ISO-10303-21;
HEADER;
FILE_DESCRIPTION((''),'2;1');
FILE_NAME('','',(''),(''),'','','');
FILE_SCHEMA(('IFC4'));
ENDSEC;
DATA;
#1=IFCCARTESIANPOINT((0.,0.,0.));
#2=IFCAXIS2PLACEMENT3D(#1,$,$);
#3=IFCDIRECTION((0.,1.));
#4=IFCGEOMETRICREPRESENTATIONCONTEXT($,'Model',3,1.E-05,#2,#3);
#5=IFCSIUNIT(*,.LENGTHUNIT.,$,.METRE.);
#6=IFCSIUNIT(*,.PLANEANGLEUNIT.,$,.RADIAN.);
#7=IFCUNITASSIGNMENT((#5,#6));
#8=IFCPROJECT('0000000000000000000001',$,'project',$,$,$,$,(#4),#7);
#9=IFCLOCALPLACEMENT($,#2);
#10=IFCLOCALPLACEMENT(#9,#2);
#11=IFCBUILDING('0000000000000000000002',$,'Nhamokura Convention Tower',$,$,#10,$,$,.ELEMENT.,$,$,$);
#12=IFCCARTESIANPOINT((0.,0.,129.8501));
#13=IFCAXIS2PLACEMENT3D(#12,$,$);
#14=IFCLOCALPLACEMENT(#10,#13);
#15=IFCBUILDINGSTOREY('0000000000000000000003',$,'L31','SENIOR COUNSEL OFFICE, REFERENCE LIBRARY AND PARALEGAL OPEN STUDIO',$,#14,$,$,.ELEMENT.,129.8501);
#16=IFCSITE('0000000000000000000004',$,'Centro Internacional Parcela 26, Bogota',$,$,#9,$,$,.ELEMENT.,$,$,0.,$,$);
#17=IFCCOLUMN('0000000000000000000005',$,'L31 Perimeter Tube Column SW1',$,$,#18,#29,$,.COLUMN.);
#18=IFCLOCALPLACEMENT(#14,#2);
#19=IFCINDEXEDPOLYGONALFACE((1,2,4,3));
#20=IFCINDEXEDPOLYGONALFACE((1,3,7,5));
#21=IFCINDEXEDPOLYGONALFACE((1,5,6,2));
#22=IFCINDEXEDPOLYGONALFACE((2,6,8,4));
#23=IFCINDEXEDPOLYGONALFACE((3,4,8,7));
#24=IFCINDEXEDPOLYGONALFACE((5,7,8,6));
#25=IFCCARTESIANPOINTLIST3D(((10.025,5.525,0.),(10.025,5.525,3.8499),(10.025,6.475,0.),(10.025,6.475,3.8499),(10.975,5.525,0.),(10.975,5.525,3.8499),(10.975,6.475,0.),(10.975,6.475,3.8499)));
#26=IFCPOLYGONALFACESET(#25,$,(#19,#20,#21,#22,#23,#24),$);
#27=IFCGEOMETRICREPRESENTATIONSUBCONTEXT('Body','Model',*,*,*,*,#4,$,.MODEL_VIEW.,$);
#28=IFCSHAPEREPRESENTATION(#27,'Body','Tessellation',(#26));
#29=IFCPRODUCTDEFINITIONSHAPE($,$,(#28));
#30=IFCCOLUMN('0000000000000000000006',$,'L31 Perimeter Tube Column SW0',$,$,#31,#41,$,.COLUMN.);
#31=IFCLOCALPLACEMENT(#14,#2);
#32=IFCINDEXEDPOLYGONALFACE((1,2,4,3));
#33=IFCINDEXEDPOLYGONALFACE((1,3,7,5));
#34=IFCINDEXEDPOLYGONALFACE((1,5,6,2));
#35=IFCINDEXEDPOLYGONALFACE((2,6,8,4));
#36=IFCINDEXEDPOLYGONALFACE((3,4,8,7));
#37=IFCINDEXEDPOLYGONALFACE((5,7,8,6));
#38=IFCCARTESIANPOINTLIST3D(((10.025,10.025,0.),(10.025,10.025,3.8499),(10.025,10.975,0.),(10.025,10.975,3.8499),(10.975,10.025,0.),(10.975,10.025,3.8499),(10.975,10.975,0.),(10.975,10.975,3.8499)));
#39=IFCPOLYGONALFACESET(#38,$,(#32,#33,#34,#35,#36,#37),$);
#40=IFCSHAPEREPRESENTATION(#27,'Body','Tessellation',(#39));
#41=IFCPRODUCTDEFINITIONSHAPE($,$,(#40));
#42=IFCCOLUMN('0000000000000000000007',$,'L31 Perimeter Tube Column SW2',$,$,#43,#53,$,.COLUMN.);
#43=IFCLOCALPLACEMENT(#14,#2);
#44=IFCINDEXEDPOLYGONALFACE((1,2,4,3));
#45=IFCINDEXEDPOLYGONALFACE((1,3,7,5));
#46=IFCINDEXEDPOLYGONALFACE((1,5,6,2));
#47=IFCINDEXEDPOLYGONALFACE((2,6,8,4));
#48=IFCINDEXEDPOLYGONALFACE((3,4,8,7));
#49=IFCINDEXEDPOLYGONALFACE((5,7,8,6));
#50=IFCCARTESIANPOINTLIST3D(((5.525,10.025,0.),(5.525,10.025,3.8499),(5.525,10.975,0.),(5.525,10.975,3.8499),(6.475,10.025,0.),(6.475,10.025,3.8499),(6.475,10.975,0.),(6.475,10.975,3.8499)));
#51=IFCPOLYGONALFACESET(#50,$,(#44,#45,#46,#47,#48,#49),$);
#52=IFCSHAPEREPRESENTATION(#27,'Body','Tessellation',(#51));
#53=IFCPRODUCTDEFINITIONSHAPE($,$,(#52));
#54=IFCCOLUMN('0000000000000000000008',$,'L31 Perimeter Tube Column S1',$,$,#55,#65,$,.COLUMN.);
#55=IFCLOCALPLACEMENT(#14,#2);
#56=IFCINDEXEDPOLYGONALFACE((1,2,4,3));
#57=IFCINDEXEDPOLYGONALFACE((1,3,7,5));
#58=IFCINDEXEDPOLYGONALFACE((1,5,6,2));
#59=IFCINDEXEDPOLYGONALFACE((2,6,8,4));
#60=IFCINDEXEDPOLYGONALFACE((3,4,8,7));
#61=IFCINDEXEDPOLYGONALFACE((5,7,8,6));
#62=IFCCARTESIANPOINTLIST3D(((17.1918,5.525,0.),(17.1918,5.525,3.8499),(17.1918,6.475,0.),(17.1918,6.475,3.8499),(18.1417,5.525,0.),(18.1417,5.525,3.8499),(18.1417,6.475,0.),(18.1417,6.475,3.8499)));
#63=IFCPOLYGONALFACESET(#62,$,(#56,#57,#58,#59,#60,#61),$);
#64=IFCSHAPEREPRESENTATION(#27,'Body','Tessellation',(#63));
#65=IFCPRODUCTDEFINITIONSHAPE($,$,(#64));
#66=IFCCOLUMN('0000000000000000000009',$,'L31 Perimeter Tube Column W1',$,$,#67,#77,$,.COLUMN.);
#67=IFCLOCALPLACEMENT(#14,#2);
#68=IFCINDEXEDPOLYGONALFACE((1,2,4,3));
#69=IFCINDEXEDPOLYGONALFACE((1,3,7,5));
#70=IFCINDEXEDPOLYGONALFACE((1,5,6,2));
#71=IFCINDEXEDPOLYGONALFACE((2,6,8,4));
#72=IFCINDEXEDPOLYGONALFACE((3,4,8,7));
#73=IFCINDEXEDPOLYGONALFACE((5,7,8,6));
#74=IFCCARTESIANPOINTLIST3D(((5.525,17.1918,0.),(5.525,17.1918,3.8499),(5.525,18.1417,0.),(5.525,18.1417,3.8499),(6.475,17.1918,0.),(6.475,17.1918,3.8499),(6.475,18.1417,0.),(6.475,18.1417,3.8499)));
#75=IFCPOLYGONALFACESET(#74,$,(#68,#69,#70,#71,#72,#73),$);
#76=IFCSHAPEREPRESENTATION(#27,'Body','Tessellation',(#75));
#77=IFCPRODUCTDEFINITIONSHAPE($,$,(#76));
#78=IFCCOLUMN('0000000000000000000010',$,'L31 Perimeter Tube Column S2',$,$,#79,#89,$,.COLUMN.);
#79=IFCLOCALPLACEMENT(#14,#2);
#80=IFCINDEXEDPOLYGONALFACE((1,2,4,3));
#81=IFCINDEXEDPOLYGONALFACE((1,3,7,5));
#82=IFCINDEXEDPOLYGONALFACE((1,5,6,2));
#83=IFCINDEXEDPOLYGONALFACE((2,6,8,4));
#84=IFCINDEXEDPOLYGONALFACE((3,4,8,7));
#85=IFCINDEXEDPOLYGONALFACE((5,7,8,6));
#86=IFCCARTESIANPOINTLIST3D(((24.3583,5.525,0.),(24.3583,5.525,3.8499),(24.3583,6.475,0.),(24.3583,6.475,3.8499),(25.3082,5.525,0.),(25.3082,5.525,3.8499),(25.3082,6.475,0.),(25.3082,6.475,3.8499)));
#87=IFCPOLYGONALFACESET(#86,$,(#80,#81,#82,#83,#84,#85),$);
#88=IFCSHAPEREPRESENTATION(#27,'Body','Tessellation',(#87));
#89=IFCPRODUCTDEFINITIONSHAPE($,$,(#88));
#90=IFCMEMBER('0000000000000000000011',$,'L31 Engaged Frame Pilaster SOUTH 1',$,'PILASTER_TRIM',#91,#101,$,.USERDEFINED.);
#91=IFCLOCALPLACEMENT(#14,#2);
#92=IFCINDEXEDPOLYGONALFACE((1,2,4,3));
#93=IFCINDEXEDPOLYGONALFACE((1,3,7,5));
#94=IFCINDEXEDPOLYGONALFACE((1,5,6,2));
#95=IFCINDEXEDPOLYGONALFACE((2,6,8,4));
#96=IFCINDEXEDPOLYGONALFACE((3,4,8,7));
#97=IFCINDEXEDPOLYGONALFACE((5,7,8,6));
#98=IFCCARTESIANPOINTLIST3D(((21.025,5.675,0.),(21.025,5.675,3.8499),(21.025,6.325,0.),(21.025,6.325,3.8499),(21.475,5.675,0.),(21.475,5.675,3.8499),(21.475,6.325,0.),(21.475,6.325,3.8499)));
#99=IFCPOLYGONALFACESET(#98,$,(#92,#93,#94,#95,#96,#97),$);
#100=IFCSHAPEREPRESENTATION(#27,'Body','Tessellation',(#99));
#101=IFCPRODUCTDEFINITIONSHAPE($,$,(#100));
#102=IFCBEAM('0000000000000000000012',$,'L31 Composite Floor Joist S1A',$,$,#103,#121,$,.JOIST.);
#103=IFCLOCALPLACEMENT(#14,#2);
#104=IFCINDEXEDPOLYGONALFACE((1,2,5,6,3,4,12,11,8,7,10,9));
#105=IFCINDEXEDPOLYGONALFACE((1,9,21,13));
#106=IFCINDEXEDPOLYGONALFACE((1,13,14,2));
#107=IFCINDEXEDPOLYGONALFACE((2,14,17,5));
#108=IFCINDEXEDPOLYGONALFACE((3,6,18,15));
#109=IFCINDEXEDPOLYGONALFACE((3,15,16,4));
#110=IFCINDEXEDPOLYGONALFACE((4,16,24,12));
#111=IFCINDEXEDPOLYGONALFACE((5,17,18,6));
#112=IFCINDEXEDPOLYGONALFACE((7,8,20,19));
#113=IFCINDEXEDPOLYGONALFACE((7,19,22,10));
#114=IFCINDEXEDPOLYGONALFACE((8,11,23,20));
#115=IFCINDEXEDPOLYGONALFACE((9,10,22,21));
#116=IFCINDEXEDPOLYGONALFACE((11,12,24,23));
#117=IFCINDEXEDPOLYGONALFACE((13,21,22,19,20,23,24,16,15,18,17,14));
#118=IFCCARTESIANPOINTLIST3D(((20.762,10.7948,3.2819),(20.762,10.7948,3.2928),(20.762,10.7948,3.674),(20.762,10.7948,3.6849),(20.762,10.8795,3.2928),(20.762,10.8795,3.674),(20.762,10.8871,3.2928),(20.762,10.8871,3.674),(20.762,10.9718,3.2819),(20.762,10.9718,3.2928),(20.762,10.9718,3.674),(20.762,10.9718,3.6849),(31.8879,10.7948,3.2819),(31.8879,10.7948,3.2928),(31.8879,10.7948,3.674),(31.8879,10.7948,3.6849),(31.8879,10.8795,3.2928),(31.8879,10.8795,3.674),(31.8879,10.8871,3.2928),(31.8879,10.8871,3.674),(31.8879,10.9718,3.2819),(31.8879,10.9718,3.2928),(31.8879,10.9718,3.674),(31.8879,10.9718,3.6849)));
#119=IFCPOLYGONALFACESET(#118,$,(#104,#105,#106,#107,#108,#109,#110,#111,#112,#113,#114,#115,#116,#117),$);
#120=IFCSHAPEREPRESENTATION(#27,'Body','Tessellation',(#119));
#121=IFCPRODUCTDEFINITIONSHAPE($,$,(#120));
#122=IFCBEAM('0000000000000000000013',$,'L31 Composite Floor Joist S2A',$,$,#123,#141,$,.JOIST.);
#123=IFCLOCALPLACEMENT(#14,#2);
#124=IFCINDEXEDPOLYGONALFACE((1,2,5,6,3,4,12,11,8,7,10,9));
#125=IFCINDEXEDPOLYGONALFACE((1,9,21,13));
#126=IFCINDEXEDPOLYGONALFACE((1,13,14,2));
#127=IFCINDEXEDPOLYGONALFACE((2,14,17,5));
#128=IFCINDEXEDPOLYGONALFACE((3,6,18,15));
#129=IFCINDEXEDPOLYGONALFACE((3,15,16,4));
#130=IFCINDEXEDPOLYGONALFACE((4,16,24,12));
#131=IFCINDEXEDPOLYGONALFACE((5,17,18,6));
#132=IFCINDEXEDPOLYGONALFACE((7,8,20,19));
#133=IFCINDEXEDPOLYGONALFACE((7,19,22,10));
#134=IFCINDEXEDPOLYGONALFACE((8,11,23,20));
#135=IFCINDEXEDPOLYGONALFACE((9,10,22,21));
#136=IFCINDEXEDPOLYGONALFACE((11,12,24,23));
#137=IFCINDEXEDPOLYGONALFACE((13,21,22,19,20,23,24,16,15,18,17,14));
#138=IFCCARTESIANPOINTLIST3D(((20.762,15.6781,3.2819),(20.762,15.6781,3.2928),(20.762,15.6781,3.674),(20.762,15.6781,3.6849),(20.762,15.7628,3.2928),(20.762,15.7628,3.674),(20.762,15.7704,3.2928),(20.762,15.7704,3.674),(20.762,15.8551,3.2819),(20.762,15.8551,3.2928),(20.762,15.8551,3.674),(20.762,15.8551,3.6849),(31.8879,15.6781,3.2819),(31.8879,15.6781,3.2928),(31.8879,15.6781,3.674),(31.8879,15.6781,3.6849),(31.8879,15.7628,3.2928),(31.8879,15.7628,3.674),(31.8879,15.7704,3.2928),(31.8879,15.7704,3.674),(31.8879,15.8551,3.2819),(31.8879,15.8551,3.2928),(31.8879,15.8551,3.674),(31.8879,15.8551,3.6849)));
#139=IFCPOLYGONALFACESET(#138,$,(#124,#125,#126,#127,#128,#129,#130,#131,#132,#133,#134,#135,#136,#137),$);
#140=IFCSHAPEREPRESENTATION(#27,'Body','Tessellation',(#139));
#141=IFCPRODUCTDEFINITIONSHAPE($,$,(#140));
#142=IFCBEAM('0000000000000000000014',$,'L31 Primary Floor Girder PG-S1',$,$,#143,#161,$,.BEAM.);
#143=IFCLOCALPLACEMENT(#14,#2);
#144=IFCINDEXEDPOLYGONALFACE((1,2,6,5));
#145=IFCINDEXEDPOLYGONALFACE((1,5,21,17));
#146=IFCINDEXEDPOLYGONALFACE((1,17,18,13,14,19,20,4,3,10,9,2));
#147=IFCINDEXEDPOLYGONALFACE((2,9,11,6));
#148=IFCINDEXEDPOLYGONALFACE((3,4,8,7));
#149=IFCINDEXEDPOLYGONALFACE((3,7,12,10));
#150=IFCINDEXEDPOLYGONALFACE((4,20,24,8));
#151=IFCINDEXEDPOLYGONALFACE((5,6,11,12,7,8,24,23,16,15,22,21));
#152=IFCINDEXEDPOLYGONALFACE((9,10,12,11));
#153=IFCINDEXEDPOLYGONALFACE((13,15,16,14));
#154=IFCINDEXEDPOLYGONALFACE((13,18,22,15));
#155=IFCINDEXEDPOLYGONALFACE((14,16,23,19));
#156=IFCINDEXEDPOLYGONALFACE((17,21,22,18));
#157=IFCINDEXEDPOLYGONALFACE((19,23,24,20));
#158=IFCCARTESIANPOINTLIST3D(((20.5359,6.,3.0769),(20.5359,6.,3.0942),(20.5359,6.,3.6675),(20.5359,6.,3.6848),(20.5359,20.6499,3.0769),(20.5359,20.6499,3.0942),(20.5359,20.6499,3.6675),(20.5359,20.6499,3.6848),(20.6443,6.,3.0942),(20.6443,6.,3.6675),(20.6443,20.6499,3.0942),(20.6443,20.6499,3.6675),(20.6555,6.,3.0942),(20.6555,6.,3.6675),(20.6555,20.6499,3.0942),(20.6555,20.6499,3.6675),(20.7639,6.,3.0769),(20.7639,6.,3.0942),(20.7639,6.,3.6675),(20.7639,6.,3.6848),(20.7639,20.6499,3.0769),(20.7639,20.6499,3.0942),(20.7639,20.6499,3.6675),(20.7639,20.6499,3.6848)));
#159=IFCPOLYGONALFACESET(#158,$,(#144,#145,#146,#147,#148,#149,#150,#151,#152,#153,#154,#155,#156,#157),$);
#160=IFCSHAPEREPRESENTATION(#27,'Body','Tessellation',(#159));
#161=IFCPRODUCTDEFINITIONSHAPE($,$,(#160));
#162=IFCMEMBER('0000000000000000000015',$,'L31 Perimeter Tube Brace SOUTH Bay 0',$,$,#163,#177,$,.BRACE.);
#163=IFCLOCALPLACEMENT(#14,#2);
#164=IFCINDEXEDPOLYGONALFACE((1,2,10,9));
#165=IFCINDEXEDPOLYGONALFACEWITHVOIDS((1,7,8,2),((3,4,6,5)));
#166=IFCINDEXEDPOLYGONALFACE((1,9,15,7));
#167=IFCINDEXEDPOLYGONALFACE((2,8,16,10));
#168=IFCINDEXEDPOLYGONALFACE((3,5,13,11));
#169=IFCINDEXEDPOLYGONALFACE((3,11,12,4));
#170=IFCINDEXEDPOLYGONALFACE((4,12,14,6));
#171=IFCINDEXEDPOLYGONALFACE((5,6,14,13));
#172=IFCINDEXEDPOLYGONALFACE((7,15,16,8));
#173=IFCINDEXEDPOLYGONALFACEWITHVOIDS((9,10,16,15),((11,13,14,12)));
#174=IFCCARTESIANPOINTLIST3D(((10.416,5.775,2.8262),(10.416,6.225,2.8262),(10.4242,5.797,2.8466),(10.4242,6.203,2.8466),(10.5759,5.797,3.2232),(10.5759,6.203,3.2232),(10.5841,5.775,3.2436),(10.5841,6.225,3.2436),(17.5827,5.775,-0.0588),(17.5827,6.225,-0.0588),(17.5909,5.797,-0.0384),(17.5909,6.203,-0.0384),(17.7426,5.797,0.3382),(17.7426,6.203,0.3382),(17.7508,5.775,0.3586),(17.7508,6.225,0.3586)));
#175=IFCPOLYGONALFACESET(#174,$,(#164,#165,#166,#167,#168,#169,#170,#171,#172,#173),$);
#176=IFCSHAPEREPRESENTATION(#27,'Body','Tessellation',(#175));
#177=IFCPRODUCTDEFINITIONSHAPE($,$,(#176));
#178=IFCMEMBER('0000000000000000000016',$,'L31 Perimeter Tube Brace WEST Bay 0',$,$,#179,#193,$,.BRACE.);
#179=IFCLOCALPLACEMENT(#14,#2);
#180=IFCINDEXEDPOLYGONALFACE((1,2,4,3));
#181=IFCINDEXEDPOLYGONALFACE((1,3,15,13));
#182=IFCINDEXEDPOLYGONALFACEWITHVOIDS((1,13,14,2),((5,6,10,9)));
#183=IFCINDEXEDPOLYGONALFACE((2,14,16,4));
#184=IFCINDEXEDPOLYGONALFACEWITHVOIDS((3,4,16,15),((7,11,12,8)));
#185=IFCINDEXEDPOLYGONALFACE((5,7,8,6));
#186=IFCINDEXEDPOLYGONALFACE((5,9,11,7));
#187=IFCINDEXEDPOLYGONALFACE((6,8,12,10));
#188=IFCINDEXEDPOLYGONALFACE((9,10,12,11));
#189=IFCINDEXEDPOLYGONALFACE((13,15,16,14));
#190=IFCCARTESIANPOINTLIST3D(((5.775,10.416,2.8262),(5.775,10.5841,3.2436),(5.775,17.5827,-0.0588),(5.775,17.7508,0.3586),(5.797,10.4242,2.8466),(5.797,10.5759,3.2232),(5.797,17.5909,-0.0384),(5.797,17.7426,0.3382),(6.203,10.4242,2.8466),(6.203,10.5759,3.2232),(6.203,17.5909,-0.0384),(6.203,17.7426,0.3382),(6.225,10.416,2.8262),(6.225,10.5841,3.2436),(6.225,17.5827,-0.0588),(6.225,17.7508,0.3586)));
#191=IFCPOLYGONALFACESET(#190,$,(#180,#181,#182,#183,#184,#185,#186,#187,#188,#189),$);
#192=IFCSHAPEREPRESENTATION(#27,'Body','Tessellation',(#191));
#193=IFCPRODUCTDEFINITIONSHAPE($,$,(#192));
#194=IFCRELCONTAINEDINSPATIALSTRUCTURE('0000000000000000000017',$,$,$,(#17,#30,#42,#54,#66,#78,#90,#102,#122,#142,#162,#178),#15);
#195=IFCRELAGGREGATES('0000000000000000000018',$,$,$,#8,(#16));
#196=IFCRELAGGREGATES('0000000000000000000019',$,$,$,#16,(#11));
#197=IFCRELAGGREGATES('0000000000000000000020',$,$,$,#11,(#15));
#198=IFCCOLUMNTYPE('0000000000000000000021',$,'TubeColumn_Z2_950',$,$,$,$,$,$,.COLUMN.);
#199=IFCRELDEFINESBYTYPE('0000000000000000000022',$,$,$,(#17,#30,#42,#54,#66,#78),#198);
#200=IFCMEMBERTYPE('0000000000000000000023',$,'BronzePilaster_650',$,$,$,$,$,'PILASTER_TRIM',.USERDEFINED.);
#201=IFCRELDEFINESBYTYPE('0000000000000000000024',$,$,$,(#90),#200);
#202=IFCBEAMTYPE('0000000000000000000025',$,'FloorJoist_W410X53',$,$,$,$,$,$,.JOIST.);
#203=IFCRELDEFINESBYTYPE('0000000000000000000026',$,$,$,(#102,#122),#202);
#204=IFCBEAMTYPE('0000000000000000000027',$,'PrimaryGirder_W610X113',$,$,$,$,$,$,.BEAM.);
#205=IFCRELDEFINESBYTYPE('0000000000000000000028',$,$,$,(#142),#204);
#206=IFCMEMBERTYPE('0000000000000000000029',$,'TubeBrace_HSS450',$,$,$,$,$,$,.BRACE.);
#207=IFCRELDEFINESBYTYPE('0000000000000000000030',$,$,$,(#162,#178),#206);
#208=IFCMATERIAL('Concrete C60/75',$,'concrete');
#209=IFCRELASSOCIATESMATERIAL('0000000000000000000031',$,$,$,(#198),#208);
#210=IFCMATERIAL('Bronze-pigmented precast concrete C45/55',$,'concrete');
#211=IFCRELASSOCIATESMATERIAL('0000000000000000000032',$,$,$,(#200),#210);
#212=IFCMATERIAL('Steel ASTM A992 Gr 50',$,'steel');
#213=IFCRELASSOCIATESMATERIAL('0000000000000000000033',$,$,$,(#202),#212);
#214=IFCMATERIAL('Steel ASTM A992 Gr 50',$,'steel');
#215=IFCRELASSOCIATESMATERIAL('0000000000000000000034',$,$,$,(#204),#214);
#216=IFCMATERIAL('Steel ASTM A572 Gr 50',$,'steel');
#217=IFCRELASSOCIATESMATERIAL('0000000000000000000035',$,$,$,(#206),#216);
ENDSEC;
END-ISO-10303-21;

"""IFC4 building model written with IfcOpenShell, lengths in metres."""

from ifc_helpers import new_model, si_unit, direction, frame, origin, origin_2d, place, context, subcontext, project, spatial, rectangle, hollow_rectangle, i_section, extrude, material, material_profile, profile_set, type_object, element, save


model = new_model("IFC4")

# Units and contexts
model_context = context("Model", 3, precision=1e-05, world=origin(), true_north=direction((0.0, 1.0)))
body_context = subcontext(model_context, "Body", "Model", "MODEL_VIEW")
ifc_project = project(units=[si_unit("LENGTHUNIT", "METRE"), si_unit("PLANEANGLEUNIT", "RADIAN")], contexts=[model_context])

# Site, building, storey
site_placement = place(None, origin())
site = spatial("IfcSite", under=ifc_project, at=site_placement, Name="Centro Internacional Parcela 26, Bogota", CompositionType="ELEMENT", RefElevation=0.0)
building_placement = place(site_placement, origin())
building = spatial("IfcBuilding", under=site, at=building_placement, Name="Nhamokura Convention Tower", CompositionType="ELEMENT")
storey_placement = place(building_placement, frame((0.0, 0.0, 129.8501)))
storey = spatial("IfcBuildingStorey", under=building, at=storey_placement, Name="L31", Description="SENIOR COUNSEL OFFICE, REFERENCE LIBRARY AND PARALEGAL OPEN STUDIO", CompositionType="ELEMENT", Elevation=129.8501)

# Columns
ifc_material_1 = material(Name="Concrete C60/75", Category="concrete")
ifc_material_profile_1 = material_profile(ifc_material_1, rectangle(XDim=0.95, YDim=0.95, at=origin_2d()))
ifc_profile_set_1 = profile_set([ifc_material_profile_1], Name="Concrete C60/75")
column_type = type_object("IfcColumnType", Name="TubeColumn_Z2_950", PredefinedType="COLUMN", material=ifc_profile_set_1)
for number, where, z_axis, x_axis, name in (
    (1, (10.5, 6.0, 0.0), (0.0, 0.0, 1.0), (1.0, 0.0, 0.0), "L31 Perimeter Tube Column SW1"),
    (2, (10.5, 10.5, 0.0), (0.0, 0.0, 1.0), (1.0, 0.0, 0.0), "L31 Perimeter Tube Column SW0"),
    (3, (6.0, 10.5, 0.0), (0.0, 0.0, 1.0), (1.0, 0.0, 0.0), "L31 Perimeter Tube Column SW2"),
    (4, (17.6667, 6.0, 0.0), (0.0, 0.0, 1.0), (1.0, 0.0, 0.0), "L31 Perimeter Tube Column S1"),
    (5, (6.0, 17.6667, 0.0), (0.0, 0.0, 1.0), (1.0, 0.0, 0.0), "L31 Perimeter Tube Column W1"),
    (6, (24.8333, 6.0, 0.0), (0.0, 0.0, 1.0), (1.0, 0.0, 0.0), "L31 Perimeter Tube Column S2"),
):
    element("IfcColumn", number, at=place(storey_placement, frame(where, z_axis=z_axis, x_axis=x_axis)), inside=storey, type_object=column_type, Name=name, PredefinedType="COLUMN", context=body_context, shape_type="SweptSolid", body=[
        extrude(rectangle(XDim=0.95, YDim=0.95, at=origin_2d()), origin(), (0.0, 0.0, 1.0), 3.8499),
    ])

# Member
ifc_material_2 = material(Name="Bronze-pigmented precast concrete C45/55", Category="concrete")
ifc_material_profile_2 = material_profile(ifc_material_2, rectangle(XDim=0.45, YDim=0.6499, at=origin_2d()))
ifc_profile_set_2 = profile_set([ifc_material_profile_2], Name="Bronze-pigmented precast concrete C45/55")
member_type_1 = type_object("IfcMemberType", Name="BronzePilaster_650", ElementType="PILASTER_TRIM", PredefinedType="USERDEFINED", material=ifc_profile_set_2)
member_placement = place(storey_placement, frame((21.25, 6.0, 0.0), z_axis=(0.0, 0.0, 1.0), x_axis=(1.0, 0.0, 0.0)))
element("IfcMember", 7, at=member_placement, inside=storey, type_object=member_type_1, Name="L31 Engaged Frame Pilaster SOUTH 1", ObjectType="PILASTER_TRIM", PredefinedType="USERDEFINED", context=body_context, shape_type="SweptSolid", body=[
    extrude(rectangle(XDim=0.45, YDim=0.6499, at=origin_2d()), origin(), (0.0, 0.0, 1.0), 3.8499),
])

# Beams
ifc_material_3 = material(Name="Steel ASTM A992 Gr 50", Category="steel")
ifc_material_profile_3 = material_profile(ifc_material_3, i_section(OverallWidth=0.177, OverallDepth=0.4031, WebThickness=0.0076, FlangeThickness=0.011, at=origin_2d()))
ifc_profile_set_3 = profile_set([ifc_material_profile_3], Name="Steel ASTM A992 Gr 50")
beam_type_1 = type_object("IfcBeamType", Name="FloorJoist_W410X53", PredefinedType="JOIST", material=ifc_profile_set_3)
for number, where, z_axis, x_axis, name in (
    (8, (20.762, 10.8833, 3.4834), (1.0, 0.0, 0.0), (0.0, 1.0, 0.0), "L31 Composite Floor Joist S1A"),
    (9, (20.762, 15.7666, 3.4834), (1.0, 0.0, 0.0), (0.0, 1.0, 0.0), "L31 Composite Floor Joist S2A"),
):
    element("IfcBeam", number, at=place(storey_placement, frame(where, z_axis=z_axis, x_axis=x_axis)), inside=storey, type_object=beam_type_1, Name=name, PredefinedType="JOIST", context=body_context, shape_type="SweptSolid", body=[
        extrude(i_section(OverallWidth=0.177, OverallDepth=0.4031, WebThickness=0.0076, FlangeThickness=0.011, at=origin_2d()), origin(), (0.0, 0.0, 1.0), 11.126),
    ])
ifc_material_4 = material(Name="Steel ASTM A992 Gr 50", Category="steel")
ifc_material_profile_4 = material_profile(ifc_material_4, i_section(OverallWidth=0.228, OverallDepth=0.6079, WebThickness=0.0112, FlangeThickness=0.0173, at=origin_2d()))
ifc_profile_set_4 = profile_set([ifc_material_profile_4], Name="Steel ASTM A992 Gr 50")
beam_type_2 = type_object("IfcBeamType", Name="PrimaryGirder_W610X113", PredefinedType="BEAM", material=ifc_profile_set_4)
beam_1_placement = place(storey_placement, frame((20.6499, 6.0, 3.3809), z_axis=(0.0, 1.0, 0.0), x_axis=(-1.0, 0.0, 0.0)))
element("IfcBeam", 10, at=beam_1_placement, inside=storey, type_object=beam_type_2, Name="L31 Primary Floor Girder PG-S1", PredefinedType="BEAM", context=body_context, shape_type="SweptSolid", body=[
    extrude(i_section(OverallWidth=0.228, OverallDepth=0.6079, WebThickness=0.0112, FlangeThickness=0.0173, at=origin_2d()), origin(), (0.0, 0.0, 1.0), 14.6499),
])

# Members
ifc_material_5 = material(Name="Steel ASTM A572 Gr 50", Category="steel")
ifc_material_profile_5 = material_profile(ifc_material_5, hollow_rectangle(XDim=0.45, YDim=0.45, WallThickness=0.022, at=origin_2d()))
ifc_profile_set_5 = profile_set([ifc_material_profile_5], Name="Steel ASTM A572 Gr 50")
member_type_2 = type_object("IfcMemberType", Name="TubeBrace_HSS450", PredefinedType="BRACE", material=ifc_profile_set_5)
for number, where, z_axis, x_axis, name in (
    (11, (17.6667, 6.0, 0.1499), (-0.927657, 0.0, 0.373433), (0.0, -1.0, 0.0), "L31 Perimeter Tube Brace SOUTH Bay 0"),
    (12, (6.0, 17.6667, 0.1499), (0.0, -0.927657, 0.373433), (1.0, 0.0, 0.0), "L31 Perimeter Tube Brace WEST Bay 0"),
):
    element("IfcMember", number, at=place(storey_placement, frame(where, z_axis=z_axis, x_axis=x_axis)), inside=storey, type_object=member_type_2, Name=name, PredefinedType="BRACE", context=body_context, shape_type="SweptSolid", body=[
        extrude(hollow_rectangle(XDim=0.45, YDim=0.45, WallThickness=0.022, at=origin_2d()), origin(), (0.0, 0.0, 1.0), 7.7256),
    ])

save(model, "model.ifc")
